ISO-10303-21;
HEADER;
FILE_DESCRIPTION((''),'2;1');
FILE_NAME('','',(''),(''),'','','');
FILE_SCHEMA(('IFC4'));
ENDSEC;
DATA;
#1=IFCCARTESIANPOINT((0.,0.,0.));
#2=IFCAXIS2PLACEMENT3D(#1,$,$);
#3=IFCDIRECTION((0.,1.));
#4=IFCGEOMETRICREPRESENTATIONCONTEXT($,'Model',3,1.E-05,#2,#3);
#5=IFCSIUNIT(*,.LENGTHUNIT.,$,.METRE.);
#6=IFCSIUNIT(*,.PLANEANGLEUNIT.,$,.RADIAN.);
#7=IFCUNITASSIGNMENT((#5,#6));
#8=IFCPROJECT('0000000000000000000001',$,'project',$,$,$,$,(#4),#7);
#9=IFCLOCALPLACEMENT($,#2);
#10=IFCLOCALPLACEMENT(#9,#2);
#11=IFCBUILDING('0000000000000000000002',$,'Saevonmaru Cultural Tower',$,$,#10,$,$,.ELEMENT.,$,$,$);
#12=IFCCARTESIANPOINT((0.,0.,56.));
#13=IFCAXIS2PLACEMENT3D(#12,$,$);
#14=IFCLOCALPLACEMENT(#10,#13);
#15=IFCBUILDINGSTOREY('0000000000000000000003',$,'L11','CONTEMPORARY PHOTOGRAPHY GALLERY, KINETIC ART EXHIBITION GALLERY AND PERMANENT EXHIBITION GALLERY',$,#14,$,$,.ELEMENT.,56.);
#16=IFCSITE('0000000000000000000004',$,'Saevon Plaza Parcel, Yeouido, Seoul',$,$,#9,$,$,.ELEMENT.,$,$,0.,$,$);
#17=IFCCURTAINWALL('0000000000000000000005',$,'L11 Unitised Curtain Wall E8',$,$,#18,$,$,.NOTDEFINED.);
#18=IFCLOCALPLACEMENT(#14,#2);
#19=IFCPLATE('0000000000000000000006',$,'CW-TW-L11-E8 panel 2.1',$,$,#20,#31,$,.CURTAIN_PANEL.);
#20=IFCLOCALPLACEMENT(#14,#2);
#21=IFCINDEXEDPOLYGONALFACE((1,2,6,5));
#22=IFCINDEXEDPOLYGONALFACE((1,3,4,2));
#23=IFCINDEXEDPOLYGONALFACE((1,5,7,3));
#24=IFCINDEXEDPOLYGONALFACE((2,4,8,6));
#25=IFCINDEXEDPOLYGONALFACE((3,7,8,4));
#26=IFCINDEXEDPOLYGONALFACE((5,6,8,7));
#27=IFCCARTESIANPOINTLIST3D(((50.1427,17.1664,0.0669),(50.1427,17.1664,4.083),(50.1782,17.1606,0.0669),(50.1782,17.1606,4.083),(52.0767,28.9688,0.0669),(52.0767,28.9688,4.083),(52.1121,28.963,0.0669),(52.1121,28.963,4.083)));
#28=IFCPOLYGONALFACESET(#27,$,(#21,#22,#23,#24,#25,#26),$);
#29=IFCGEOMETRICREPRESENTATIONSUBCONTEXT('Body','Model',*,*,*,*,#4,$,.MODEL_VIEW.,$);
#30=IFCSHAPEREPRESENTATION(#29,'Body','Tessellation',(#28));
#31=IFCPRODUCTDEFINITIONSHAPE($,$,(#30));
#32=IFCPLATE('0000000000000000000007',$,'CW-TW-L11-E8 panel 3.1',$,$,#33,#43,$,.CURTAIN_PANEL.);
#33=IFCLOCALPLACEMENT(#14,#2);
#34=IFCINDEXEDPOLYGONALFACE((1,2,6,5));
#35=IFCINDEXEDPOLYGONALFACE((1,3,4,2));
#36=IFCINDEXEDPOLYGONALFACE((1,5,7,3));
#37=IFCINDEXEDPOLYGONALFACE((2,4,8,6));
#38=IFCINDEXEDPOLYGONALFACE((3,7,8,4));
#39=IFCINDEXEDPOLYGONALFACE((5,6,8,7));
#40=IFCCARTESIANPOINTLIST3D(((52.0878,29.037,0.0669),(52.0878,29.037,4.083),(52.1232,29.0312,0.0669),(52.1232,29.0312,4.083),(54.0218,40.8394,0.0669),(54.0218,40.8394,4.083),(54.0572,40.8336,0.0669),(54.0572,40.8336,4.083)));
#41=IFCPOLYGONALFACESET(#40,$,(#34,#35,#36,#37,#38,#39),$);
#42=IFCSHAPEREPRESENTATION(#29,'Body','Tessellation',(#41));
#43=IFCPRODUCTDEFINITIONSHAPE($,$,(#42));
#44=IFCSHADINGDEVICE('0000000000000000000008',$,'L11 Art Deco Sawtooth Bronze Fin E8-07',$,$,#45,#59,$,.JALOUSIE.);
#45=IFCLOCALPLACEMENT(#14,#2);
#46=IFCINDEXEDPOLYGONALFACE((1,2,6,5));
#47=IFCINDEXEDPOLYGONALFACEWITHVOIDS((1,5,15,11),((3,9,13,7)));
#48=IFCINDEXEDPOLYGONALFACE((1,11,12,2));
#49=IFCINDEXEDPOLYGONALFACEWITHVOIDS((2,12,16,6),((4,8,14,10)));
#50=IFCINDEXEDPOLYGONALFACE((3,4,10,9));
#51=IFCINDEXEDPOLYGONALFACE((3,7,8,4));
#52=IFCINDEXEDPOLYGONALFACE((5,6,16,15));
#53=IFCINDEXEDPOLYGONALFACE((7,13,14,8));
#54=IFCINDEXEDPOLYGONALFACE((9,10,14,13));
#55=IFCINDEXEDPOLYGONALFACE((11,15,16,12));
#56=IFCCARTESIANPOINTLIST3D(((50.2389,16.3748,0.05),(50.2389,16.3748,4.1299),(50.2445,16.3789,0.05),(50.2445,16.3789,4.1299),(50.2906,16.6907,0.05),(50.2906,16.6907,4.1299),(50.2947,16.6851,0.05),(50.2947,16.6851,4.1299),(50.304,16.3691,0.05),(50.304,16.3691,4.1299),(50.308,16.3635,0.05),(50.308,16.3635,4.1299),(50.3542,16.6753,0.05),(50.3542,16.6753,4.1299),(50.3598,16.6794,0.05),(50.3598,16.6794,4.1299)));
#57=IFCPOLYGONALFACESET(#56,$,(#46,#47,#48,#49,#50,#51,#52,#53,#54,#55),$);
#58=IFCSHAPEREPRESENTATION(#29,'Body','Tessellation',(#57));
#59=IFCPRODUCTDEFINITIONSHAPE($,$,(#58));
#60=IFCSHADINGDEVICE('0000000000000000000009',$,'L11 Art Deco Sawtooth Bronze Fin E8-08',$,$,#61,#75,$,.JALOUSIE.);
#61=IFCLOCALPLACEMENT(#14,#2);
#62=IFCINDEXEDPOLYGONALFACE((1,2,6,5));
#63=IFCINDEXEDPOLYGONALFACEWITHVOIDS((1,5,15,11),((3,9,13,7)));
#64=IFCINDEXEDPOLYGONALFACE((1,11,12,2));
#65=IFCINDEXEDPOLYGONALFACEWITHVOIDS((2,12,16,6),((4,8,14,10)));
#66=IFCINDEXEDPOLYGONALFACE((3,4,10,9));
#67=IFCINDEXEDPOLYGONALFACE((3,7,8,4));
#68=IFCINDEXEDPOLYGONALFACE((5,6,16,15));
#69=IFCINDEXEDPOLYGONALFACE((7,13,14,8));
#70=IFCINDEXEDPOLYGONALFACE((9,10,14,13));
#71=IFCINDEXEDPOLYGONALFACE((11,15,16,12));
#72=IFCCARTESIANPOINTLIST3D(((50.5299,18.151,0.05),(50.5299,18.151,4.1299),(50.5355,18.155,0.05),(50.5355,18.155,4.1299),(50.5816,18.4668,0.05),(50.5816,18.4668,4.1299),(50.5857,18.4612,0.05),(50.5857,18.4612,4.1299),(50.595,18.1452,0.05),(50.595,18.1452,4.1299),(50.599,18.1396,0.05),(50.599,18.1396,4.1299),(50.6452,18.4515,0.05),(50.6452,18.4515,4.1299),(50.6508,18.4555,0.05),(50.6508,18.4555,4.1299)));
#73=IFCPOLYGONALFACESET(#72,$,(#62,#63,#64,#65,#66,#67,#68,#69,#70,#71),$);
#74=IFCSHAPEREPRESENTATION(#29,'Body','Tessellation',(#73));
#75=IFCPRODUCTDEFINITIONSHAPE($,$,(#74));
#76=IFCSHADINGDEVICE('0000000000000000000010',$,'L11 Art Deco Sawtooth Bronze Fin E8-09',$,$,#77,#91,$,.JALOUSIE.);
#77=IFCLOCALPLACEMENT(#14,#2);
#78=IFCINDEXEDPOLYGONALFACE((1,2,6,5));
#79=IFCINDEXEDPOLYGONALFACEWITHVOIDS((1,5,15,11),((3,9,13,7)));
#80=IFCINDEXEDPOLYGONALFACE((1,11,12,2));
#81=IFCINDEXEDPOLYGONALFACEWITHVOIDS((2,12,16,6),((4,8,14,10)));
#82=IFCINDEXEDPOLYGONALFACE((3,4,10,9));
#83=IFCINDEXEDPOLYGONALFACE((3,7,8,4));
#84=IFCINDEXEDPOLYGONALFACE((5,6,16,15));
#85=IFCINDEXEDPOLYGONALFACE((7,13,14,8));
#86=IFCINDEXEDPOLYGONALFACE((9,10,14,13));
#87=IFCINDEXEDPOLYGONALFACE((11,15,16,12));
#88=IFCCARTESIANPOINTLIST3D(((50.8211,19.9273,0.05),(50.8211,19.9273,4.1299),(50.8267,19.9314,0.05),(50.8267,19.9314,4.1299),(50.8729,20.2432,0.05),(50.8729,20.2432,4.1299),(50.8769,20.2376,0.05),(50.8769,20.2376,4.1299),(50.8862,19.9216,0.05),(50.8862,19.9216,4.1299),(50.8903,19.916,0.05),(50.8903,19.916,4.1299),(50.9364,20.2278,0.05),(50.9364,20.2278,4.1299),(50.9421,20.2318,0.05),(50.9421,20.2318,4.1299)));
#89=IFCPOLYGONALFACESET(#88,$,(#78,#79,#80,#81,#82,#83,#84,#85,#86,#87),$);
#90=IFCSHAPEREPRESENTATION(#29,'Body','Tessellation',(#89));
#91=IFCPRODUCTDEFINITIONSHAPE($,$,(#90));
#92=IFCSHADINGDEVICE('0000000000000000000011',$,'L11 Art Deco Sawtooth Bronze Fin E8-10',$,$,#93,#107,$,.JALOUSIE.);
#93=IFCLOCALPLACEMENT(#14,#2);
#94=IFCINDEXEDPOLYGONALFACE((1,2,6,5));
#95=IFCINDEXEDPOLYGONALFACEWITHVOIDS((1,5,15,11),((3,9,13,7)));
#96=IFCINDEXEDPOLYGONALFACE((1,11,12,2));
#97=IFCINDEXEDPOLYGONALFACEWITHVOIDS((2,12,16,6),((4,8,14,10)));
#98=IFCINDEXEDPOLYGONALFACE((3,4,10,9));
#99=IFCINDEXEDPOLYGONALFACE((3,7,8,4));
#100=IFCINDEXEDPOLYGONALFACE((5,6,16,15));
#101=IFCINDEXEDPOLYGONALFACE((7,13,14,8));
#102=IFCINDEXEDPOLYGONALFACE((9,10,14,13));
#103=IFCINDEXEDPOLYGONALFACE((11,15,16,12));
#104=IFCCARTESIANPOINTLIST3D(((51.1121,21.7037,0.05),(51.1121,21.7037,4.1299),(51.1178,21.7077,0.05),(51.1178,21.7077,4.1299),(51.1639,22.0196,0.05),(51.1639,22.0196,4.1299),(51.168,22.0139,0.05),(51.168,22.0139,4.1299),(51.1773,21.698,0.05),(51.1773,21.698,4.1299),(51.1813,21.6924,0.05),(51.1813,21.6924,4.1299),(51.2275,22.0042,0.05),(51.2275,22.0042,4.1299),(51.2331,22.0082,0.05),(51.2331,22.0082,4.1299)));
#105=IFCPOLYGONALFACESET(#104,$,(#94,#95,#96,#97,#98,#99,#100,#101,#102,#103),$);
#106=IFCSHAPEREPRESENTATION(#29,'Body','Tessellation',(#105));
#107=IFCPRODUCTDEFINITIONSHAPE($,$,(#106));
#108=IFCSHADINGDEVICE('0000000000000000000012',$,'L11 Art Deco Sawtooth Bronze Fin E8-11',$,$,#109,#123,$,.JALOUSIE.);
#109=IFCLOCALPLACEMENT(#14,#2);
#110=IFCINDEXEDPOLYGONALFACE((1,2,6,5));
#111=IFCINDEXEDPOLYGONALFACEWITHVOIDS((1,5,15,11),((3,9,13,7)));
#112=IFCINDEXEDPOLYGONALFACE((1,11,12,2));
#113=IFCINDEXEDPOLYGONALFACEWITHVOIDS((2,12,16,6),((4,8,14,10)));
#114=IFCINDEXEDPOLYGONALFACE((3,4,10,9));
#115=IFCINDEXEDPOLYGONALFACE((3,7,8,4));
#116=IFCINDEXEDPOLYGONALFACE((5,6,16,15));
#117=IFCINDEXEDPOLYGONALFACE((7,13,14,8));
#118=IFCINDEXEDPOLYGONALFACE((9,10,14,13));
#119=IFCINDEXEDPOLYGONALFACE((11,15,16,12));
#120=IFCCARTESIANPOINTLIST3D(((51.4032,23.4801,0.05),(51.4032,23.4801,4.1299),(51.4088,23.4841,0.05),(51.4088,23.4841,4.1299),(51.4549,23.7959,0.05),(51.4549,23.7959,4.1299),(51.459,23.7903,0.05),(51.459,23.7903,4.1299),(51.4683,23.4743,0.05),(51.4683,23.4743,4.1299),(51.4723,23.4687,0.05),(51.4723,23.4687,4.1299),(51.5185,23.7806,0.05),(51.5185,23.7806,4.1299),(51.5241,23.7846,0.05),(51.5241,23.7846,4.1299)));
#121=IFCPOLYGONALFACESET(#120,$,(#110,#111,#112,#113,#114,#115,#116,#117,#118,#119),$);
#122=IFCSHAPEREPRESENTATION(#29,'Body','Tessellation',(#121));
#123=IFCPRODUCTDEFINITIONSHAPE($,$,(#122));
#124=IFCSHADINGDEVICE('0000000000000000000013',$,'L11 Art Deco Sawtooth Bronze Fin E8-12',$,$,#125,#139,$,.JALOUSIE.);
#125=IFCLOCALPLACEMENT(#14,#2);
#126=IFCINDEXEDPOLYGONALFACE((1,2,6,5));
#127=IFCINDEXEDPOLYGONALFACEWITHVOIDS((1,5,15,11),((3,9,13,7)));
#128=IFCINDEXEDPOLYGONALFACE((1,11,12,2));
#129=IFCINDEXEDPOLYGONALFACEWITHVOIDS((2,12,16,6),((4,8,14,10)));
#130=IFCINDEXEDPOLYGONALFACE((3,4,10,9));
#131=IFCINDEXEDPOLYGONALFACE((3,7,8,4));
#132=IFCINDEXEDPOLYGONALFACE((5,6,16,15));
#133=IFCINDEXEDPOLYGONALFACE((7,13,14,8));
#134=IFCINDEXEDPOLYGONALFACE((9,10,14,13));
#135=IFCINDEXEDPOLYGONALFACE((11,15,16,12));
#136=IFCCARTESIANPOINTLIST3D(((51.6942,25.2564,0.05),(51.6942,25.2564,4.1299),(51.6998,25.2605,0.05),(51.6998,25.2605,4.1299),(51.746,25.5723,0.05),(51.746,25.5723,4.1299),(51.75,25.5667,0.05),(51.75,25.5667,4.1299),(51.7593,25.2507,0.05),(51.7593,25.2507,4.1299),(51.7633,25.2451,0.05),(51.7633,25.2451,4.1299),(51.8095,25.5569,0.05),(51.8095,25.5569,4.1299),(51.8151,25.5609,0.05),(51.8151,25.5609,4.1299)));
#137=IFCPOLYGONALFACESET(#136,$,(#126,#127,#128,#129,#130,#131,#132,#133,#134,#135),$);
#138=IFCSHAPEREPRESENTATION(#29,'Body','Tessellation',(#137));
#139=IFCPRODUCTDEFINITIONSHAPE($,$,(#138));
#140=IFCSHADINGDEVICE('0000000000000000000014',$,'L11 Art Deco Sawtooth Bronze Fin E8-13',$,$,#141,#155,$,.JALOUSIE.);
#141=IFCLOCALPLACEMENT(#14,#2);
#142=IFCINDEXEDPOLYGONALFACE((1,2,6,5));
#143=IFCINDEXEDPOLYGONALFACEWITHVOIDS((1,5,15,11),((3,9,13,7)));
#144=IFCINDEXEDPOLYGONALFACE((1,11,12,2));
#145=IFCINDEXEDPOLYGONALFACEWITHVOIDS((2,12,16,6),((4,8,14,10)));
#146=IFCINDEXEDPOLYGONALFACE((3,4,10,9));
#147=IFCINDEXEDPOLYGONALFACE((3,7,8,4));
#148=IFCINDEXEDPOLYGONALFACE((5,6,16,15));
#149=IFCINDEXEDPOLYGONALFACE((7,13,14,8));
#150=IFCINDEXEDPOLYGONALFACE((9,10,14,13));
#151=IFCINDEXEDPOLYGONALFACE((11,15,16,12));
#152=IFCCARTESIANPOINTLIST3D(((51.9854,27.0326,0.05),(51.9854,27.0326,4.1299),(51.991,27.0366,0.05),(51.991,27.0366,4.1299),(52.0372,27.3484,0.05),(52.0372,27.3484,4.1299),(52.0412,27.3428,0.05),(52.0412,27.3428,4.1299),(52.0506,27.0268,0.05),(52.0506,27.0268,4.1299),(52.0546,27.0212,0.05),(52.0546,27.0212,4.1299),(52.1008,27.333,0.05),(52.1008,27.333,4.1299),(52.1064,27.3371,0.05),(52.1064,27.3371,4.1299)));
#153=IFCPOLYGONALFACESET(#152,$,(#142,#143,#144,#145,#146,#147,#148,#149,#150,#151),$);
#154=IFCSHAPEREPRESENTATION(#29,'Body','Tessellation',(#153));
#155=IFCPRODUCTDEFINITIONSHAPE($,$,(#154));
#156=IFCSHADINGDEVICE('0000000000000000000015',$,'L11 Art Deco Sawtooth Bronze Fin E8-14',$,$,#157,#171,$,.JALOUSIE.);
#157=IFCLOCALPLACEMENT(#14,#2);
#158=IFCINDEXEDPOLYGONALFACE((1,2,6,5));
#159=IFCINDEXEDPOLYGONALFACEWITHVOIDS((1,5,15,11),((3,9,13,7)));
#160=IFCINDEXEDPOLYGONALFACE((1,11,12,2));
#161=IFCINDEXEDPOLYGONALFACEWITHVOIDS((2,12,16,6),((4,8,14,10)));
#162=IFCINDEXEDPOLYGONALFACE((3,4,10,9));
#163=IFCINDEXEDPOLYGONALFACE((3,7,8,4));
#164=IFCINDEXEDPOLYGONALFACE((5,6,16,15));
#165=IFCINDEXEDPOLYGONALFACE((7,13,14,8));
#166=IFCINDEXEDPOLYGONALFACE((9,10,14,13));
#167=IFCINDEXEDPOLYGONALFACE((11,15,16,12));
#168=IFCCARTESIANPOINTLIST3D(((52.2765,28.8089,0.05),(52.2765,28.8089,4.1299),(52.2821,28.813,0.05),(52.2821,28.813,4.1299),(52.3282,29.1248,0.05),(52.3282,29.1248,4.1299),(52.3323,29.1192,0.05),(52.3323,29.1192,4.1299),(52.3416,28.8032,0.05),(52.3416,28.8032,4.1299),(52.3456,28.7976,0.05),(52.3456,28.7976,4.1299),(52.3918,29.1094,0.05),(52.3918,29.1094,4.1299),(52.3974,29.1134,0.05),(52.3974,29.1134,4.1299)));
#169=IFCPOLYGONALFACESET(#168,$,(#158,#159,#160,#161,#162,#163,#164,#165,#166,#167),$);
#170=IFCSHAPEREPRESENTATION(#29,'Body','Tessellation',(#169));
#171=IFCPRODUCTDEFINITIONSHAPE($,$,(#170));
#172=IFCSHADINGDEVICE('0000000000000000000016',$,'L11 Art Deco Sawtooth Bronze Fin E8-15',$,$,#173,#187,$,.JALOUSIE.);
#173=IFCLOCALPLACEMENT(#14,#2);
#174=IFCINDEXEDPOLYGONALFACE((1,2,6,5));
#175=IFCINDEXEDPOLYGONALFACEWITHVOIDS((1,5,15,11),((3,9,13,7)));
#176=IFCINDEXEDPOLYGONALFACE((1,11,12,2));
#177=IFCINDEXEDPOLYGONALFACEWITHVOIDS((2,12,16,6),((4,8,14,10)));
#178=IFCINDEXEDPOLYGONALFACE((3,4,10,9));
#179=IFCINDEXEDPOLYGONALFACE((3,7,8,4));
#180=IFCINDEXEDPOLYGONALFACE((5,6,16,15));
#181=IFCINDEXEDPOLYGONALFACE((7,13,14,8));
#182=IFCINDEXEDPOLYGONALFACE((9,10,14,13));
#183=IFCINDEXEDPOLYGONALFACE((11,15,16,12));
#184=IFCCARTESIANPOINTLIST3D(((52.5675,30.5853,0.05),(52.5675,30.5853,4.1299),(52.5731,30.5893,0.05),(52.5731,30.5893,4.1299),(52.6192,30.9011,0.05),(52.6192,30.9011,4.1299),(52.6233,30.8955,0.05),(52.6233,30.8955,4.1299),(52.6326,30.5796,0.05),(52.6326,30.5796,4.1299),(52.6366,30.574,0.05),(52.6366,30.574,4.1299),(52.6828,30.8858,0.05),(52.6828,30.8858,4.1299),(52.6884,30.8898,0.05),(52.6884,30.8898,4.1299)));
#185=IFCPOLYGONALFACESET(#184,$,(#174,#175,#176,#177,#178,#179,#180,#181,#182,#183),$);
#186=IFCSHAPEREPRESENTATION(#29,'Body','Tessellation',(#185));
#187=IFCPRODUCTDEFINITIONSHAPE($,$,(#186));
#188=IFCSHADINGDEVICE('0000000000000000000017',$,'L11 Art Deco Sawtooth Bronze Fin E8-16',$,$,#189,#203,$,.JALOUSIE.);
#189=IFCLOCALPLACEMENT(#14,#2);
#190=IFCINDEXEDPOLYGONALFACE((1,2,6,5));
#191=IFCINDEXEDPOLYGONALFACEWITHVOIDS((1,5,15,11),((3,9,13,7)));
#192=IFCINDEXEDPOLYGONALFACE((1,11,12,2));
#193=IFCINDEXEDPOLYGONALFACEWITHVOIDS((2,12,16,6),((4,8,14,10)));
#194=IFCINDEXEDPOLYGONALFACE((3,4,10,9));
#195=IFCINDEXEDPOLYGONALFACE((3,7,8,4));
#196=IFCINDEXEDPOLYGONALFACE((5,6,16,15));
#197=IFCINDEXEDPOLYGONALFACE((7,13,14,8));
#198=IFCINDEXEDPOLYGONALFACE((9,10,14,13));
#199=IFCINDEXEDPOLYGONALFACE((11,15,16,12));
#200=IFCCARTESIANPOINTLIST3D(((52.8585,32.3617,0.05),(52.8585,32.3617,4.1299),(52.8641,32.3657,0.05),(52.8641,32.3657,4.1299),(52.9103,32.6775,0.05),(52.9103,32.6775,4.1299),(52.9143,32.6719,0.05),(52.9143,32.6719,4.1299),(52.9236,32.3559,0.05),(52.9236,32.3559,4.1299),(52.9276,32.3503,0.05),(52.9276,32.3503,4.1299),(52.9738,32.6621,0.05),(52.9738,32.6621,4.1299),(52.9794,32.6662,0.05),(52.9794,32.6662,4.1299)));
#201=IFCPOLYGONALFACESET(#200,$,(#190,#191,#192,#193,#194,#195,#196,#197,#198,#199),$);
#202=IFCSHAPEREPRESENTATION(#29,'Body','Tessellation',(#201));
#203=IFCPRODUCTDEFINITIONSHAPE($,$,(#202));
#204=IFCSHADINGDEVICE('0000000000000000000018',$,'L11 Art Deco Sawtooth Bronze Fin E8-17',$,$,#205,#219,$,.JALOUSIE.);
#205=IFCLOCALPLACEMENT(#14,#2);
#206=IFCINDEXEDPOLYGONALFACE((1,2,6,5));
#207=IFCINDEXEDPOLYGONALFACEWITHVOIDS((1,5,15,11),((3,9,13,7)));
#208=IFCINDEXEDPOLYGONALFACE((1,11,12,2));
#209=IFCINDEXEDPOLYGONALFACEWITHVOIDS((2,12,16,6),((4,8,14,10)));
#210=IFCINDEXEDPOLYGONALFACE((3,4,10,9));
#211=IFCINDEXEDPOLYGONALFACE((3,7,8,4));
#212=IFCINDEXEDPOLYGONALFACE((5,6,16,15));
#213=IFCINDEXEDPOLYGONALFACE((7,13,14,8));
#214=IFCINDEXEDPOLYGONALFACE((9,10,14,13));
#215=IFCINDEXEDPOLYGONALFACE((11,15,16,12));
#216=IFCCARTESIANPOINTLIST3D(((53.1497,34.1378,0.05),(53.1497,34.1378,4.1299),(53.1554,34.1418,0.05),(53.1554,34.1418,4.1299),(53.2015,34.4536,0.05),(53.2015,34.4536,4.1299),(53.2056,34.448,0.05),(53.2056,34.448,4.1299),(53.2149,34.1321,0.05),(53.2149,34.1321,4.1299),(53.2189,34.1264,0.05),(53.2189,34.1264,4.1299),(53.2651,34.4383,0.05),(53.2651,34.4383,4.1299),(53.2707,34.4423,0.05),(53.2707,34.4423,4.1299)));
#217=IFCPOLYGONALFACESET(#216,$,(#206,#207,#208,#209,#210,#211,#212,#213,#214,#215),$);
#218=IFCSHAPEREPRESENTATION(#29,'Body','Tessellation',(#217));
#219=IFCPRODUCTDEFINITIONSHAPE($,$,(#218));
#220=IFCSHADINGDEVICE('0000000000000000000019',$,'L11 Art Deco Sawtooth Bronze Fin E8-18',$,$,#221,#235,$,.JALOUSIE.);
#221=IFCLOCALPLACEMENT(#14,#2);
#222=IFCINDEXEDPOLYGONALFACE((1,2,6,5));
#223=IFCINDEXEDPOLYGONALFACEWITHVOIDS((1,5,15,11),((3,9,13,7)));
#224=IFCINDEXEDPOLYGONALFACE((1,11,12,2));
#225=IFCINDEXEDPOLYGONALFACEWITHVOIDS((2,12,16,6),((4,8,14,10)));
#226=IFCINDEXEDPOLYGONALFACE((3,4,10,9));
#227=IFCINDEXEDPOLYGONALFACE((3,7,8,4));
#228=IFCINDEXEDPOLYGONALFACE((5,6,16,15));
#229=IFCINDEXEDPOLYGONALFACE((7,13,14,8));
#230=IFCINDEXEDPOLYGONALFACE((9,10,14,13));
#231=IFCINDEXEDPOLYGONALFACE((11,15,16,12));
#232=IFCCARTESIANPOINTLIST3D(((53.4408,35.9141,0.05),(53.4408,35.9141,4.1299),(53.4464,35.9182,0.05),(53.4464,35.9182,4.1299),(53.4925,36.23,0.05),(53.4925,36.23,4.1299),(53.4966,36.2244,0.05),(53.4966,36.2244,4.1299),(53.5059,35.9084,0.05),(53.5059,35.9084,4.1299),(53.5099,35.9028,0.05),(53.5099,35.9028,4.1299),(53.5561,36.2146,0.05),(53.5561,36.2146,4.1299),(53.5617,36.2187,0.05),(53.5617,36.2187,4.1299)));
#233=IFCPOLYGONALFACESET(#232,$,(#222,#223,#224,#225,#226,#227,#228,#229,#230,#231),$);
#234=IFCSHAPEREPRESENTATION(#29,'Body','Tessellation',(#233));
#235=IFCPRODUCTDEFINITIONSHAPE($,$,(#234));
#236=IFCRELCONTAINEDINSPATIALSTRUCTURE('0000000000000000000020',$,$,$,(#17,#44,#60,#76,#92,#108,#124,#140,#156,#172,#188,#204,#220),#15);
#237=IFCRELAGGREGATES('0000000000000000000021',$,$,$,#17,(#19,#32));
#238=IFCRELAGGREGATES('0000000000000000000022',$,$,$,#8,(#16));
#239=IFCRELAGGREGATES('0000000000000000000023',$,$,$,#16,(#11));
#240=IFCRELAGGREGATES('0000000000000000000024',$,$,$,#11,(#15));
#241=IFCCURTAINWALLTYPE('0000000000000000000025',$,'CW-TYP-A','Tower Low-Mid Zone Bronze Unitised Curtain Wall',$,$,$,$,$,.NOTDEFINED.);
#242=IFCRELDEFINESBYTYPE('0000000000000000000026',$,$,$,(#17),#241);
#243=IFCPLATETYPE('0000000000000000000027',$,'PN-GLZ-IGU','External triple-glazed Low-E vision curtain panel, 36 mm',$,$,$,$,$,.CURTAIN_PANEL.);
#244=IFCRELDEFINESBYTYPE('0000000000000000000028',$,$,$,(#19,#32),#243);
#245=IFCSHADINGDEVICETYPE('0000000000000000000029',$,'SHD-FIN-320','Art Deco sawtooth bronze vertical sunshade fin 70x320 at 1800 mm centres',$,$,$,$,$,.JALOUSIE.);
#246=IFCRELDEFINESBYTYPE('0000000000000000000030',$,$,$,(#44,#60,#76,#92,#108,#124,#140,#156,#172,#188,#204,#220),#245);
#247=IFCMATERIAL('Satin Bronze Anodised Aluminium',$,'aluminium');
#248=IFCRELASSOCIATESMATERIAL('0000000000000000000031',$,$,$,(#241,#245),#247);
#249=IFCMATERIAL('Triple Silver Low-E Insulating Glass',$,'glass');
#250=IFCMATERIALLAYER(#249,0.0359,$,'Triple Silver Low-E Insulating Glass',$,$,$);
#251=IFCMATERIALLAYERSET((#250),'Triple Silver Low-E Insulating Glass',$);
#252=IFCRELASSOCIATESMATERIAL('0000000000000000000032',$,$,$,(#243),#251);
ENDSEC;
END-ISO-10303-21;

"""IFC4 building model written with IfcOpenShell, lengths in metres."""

from ifc_helpers import new_model, si_unit, direction, frame, origin, origin_2d, place, context, subcontext, project, spatial, rectangle, hollow_rectangle, extrude, material, layer, layer_set, material_profile, profile_set, type_object, element, aggregate, save


model = new_model("IFC4")

# Units and contexts
model_context = context("Model", 3, precision=1e-05, world=origin(), true_north=direction((0.0, 1.0)))
body_context = subcontext(model_context, "Body", "Model", "MODEL_VIEW")
ifc_project = project(units=[si_unit("LENGTHUNIT", "METRE"), si_unit("PLANEANGLEUNIT", "RADIAN")], contexts=[model_context])

# Site, building, storey
site_placement = place(None, origin())
site = spatial("IfcSite", under=ifc_project, at=site_placement, Name="Saevon Plaza Parcel, Yeouido, Seoul", CompositionType="ELEMENT", RefElevation=0.0)
building_placement = place(site_placement, origin())
building = spatial("IfcBuilding", under=site, at=building_placement, Name="Saevonmaru Cultural Tower", CompositionType="ELEMENT")
storey_placement = place(building_placement, frame((0.0, 0.0, 56.0)))
storey = spatial("IfcBuildingStorey", under=building, at=storey_placement, Name="L11", Description="CONTEMPORARY PHOTOGRAPHY GALLERY, KINETIC ART EXHIBITION GALLERY AND PERMANENT EXHIBITION GALLERY", CompositionType="ELEMENT", Elevation=56.0)

# Curtain wall, plates
ifc_material_1 = material(Name="Satin Bronze Anodised Aluminium", Category="aluminium")
curtain_wall_type = type_object("IfcCurtainWallType", Name="CW-TYP-A", Description="Tower Low-Mid Zone Bronze Unitised Curtain Wall", PredefinedType="NOTDEFINED", material=ifc_material_1)
curtain_wall_placement = place(storey_placement, origin())
curtain_wall = element("IfcCurtainWall", 1, at=curtain_wall_placement, inside=storey, type_object=curtain_wall_type, Name="L11 Unitised Curtain Wall E8", PredefinedType="NOTDEFINED")
ifc_material_2 = material(Name="Triple Silver Low-E Insulating Glass", Category="glass")
ifc_layer_1 = layer(ifc_material_2, 0.0359, Name="Triple Silver Low-E Insulating Glass")
ifc_layer_set_1 = layer_set([ifc_layer_1], Name="Triple Silver Low-E Insulating Glass")
plate_type = type_object("IfcPlateType", Name="PN-GLZ-IGU", Description="External triple-glazed Low-E vision curtain panel, 36 mm", PredefinedType="CURTAIN_PANEL", material=ifc_layer_set_1)
plate_1_placement = place(storey_placement, frame((51.1274, 23.0647, 0.0669), z_axis=(0.0, 0.0, 1.0), x_axis=(0.161709, 0.986839, 0.0)))
plate_1 = element("IfcPlate", 2, at=plate_1_placement, type_object=plate_type, Name="CW-TW-L11-E8 panel 2.1", PredefinedType="CURTAIN_PANEL", context=body_context, shape_type="SweptSolid", body=[
    extrude(rectangle(XDim=11.9597, YDim=0.0359, at=origin_2d()), origin(), (0.0, 0.0, 1.0), 4.0161),
])
plate_2_placement = place(storey_placement, frame((53.0725, 34.9353, 0.0669), z_axis=(0.0, 0.0, 1.0), x_axis=(0.161709, 0.986839, 0.0)))
plate_2 = element("IfcPlate", 3, at=plate_2_placement, type_object=plate_type, Name="CW-TW-L11-E8 panel 3.1", PredefinedType="CURTAIN_PANEL", context=body_context, shape_type="SweptSolid", body=[
    extrude(rectangle(XDim=11.9597, YDim=0.0359, at=origin_2d()), origin(), (0.0, 0.0, 1.0), 4.0161),
])
aggregate(curtain_wall, [plate_1, plate_2])

# Shading devices
ifc_material_profile_1 = material_profile(ifc_material_1, hollow_rectangle(XDim=0.0701, YDim=0.3201, WallThickness=0.0049, at=origin_2d()), Name="FIN-320x70")
ifc_profile_set_1 = profile_set([ifc_material_profile_1], Name="Satin Bronze Anodised Aluminium")
shading_device_type = type_object("IfcShadingDeviceType", Name="SHD-FIN-320", Description="Art Deco sawtooth bronze vertical sunshade fin 70x320 at 1800 mm centres", PredefinedType="JALOUSIE", material=ifc_profile_set_1)
for number, where, z_axis, x_axis, name in (
    (4, (50.2993, 16.5271, 0.05), (0.0, 0.0, 1.0), (0.986827, -0.161776, 0.0), "L11 Art Deco Sawtooth Bronze Fin E8-07"),
    (5, (50.5903, 18.3032, 0.05), (0.0, 0.0, 1.0), (0.986827, -0.161776, 0.0), "L11 Art Deco Sawtooth Bronze Fin E8-08"),
    (6, (50.8816, 20.0796, 0.05), (0.0, 0.0, 1.0), (0.986827, -0.161776, 0.0), "L11 Art Deco Sawtooth Bronze Fin E8-09"),
    (7, (51.1726, 21.856, 0.05), (0.0, 0.0, 1.0), (0.986827, -0.161776, 0.0), "L11 Art Deco Sawtooth Bronze Fin E8-10"),
    (8, (51.4636, 23.6323, 0.05), (0.0, 0.0, 1.0), (0.986827, -0.161776, 0.0), "L11 Art Deco Sawtooth Bronze Fin E8-11"),
    (9, (51.7546, 25.4087, 0.05), (0.0, 0.0, 1.0), (0.986827, -0.161776, 0.0), "L11 Art Deco Sawtooth Bronze Fin E8-12"),
    (10, (52.0459, 27.1848, 0.05), (0.0, 0.0, 1.0), (0.986827, -0.161776, 0.0), "L11 Art Deco Sawtooth Bronze Fin E8-13"),
    (11, (52.3369, 28.9612, 0.05), (0.0, 0.0, 1.0), (0.986827, -0.161776, 0.0), "L11 Art Deco Sawtooth Bronze Fin E8-14"),
    (12, (52.6279, 30.7375, 0.05), (0.0, 0.0, 1.0), (0.986827, -0.161776, 0.0), "L11 Art Deco Sawtooth Bronze Fin E8-15"),
    (13, (52.9189, 32.5139, 0.05), (0.0, 0.0, 1.0), (0.986827, -0.161776, 0.0), "L11 Art Deco Sawtooth Bronze Fin E8-16"),
    (14, (53.2102, 34.29, 0.05), (0.0, 0.0, 1.0), (0.986827, -0.161776, 0.0), "L11 Art Deco Sawtooth Bronze Fin E8-17"),
    (15, (53.5012, 36.0664, 0.05), (0.0, 0.0, 1.0), (0.986827, -0.161776, 0.0), "L11 Art Deco Sawtooth Bronze Fin E8-18"),
):
    element("IfcShadingDevice", number, at=place(storey_placement, frame(where, z_axis=z_axis, x_axis=x_axis)), inside=storey, type_object=shading_device_type, Name=name, PredefinedType="JALOUSIE", context=body_context, shape_type="SweptSolid", body=[
        extrude(hollow_rectangle(XDim=0.0701, YDim=0.3201, WallThickness=0.0049, at=origin_2d()), origin(), (0.0, 0.0, 1.0), 4.0798),
    ])

save(model, "model.ifc")
